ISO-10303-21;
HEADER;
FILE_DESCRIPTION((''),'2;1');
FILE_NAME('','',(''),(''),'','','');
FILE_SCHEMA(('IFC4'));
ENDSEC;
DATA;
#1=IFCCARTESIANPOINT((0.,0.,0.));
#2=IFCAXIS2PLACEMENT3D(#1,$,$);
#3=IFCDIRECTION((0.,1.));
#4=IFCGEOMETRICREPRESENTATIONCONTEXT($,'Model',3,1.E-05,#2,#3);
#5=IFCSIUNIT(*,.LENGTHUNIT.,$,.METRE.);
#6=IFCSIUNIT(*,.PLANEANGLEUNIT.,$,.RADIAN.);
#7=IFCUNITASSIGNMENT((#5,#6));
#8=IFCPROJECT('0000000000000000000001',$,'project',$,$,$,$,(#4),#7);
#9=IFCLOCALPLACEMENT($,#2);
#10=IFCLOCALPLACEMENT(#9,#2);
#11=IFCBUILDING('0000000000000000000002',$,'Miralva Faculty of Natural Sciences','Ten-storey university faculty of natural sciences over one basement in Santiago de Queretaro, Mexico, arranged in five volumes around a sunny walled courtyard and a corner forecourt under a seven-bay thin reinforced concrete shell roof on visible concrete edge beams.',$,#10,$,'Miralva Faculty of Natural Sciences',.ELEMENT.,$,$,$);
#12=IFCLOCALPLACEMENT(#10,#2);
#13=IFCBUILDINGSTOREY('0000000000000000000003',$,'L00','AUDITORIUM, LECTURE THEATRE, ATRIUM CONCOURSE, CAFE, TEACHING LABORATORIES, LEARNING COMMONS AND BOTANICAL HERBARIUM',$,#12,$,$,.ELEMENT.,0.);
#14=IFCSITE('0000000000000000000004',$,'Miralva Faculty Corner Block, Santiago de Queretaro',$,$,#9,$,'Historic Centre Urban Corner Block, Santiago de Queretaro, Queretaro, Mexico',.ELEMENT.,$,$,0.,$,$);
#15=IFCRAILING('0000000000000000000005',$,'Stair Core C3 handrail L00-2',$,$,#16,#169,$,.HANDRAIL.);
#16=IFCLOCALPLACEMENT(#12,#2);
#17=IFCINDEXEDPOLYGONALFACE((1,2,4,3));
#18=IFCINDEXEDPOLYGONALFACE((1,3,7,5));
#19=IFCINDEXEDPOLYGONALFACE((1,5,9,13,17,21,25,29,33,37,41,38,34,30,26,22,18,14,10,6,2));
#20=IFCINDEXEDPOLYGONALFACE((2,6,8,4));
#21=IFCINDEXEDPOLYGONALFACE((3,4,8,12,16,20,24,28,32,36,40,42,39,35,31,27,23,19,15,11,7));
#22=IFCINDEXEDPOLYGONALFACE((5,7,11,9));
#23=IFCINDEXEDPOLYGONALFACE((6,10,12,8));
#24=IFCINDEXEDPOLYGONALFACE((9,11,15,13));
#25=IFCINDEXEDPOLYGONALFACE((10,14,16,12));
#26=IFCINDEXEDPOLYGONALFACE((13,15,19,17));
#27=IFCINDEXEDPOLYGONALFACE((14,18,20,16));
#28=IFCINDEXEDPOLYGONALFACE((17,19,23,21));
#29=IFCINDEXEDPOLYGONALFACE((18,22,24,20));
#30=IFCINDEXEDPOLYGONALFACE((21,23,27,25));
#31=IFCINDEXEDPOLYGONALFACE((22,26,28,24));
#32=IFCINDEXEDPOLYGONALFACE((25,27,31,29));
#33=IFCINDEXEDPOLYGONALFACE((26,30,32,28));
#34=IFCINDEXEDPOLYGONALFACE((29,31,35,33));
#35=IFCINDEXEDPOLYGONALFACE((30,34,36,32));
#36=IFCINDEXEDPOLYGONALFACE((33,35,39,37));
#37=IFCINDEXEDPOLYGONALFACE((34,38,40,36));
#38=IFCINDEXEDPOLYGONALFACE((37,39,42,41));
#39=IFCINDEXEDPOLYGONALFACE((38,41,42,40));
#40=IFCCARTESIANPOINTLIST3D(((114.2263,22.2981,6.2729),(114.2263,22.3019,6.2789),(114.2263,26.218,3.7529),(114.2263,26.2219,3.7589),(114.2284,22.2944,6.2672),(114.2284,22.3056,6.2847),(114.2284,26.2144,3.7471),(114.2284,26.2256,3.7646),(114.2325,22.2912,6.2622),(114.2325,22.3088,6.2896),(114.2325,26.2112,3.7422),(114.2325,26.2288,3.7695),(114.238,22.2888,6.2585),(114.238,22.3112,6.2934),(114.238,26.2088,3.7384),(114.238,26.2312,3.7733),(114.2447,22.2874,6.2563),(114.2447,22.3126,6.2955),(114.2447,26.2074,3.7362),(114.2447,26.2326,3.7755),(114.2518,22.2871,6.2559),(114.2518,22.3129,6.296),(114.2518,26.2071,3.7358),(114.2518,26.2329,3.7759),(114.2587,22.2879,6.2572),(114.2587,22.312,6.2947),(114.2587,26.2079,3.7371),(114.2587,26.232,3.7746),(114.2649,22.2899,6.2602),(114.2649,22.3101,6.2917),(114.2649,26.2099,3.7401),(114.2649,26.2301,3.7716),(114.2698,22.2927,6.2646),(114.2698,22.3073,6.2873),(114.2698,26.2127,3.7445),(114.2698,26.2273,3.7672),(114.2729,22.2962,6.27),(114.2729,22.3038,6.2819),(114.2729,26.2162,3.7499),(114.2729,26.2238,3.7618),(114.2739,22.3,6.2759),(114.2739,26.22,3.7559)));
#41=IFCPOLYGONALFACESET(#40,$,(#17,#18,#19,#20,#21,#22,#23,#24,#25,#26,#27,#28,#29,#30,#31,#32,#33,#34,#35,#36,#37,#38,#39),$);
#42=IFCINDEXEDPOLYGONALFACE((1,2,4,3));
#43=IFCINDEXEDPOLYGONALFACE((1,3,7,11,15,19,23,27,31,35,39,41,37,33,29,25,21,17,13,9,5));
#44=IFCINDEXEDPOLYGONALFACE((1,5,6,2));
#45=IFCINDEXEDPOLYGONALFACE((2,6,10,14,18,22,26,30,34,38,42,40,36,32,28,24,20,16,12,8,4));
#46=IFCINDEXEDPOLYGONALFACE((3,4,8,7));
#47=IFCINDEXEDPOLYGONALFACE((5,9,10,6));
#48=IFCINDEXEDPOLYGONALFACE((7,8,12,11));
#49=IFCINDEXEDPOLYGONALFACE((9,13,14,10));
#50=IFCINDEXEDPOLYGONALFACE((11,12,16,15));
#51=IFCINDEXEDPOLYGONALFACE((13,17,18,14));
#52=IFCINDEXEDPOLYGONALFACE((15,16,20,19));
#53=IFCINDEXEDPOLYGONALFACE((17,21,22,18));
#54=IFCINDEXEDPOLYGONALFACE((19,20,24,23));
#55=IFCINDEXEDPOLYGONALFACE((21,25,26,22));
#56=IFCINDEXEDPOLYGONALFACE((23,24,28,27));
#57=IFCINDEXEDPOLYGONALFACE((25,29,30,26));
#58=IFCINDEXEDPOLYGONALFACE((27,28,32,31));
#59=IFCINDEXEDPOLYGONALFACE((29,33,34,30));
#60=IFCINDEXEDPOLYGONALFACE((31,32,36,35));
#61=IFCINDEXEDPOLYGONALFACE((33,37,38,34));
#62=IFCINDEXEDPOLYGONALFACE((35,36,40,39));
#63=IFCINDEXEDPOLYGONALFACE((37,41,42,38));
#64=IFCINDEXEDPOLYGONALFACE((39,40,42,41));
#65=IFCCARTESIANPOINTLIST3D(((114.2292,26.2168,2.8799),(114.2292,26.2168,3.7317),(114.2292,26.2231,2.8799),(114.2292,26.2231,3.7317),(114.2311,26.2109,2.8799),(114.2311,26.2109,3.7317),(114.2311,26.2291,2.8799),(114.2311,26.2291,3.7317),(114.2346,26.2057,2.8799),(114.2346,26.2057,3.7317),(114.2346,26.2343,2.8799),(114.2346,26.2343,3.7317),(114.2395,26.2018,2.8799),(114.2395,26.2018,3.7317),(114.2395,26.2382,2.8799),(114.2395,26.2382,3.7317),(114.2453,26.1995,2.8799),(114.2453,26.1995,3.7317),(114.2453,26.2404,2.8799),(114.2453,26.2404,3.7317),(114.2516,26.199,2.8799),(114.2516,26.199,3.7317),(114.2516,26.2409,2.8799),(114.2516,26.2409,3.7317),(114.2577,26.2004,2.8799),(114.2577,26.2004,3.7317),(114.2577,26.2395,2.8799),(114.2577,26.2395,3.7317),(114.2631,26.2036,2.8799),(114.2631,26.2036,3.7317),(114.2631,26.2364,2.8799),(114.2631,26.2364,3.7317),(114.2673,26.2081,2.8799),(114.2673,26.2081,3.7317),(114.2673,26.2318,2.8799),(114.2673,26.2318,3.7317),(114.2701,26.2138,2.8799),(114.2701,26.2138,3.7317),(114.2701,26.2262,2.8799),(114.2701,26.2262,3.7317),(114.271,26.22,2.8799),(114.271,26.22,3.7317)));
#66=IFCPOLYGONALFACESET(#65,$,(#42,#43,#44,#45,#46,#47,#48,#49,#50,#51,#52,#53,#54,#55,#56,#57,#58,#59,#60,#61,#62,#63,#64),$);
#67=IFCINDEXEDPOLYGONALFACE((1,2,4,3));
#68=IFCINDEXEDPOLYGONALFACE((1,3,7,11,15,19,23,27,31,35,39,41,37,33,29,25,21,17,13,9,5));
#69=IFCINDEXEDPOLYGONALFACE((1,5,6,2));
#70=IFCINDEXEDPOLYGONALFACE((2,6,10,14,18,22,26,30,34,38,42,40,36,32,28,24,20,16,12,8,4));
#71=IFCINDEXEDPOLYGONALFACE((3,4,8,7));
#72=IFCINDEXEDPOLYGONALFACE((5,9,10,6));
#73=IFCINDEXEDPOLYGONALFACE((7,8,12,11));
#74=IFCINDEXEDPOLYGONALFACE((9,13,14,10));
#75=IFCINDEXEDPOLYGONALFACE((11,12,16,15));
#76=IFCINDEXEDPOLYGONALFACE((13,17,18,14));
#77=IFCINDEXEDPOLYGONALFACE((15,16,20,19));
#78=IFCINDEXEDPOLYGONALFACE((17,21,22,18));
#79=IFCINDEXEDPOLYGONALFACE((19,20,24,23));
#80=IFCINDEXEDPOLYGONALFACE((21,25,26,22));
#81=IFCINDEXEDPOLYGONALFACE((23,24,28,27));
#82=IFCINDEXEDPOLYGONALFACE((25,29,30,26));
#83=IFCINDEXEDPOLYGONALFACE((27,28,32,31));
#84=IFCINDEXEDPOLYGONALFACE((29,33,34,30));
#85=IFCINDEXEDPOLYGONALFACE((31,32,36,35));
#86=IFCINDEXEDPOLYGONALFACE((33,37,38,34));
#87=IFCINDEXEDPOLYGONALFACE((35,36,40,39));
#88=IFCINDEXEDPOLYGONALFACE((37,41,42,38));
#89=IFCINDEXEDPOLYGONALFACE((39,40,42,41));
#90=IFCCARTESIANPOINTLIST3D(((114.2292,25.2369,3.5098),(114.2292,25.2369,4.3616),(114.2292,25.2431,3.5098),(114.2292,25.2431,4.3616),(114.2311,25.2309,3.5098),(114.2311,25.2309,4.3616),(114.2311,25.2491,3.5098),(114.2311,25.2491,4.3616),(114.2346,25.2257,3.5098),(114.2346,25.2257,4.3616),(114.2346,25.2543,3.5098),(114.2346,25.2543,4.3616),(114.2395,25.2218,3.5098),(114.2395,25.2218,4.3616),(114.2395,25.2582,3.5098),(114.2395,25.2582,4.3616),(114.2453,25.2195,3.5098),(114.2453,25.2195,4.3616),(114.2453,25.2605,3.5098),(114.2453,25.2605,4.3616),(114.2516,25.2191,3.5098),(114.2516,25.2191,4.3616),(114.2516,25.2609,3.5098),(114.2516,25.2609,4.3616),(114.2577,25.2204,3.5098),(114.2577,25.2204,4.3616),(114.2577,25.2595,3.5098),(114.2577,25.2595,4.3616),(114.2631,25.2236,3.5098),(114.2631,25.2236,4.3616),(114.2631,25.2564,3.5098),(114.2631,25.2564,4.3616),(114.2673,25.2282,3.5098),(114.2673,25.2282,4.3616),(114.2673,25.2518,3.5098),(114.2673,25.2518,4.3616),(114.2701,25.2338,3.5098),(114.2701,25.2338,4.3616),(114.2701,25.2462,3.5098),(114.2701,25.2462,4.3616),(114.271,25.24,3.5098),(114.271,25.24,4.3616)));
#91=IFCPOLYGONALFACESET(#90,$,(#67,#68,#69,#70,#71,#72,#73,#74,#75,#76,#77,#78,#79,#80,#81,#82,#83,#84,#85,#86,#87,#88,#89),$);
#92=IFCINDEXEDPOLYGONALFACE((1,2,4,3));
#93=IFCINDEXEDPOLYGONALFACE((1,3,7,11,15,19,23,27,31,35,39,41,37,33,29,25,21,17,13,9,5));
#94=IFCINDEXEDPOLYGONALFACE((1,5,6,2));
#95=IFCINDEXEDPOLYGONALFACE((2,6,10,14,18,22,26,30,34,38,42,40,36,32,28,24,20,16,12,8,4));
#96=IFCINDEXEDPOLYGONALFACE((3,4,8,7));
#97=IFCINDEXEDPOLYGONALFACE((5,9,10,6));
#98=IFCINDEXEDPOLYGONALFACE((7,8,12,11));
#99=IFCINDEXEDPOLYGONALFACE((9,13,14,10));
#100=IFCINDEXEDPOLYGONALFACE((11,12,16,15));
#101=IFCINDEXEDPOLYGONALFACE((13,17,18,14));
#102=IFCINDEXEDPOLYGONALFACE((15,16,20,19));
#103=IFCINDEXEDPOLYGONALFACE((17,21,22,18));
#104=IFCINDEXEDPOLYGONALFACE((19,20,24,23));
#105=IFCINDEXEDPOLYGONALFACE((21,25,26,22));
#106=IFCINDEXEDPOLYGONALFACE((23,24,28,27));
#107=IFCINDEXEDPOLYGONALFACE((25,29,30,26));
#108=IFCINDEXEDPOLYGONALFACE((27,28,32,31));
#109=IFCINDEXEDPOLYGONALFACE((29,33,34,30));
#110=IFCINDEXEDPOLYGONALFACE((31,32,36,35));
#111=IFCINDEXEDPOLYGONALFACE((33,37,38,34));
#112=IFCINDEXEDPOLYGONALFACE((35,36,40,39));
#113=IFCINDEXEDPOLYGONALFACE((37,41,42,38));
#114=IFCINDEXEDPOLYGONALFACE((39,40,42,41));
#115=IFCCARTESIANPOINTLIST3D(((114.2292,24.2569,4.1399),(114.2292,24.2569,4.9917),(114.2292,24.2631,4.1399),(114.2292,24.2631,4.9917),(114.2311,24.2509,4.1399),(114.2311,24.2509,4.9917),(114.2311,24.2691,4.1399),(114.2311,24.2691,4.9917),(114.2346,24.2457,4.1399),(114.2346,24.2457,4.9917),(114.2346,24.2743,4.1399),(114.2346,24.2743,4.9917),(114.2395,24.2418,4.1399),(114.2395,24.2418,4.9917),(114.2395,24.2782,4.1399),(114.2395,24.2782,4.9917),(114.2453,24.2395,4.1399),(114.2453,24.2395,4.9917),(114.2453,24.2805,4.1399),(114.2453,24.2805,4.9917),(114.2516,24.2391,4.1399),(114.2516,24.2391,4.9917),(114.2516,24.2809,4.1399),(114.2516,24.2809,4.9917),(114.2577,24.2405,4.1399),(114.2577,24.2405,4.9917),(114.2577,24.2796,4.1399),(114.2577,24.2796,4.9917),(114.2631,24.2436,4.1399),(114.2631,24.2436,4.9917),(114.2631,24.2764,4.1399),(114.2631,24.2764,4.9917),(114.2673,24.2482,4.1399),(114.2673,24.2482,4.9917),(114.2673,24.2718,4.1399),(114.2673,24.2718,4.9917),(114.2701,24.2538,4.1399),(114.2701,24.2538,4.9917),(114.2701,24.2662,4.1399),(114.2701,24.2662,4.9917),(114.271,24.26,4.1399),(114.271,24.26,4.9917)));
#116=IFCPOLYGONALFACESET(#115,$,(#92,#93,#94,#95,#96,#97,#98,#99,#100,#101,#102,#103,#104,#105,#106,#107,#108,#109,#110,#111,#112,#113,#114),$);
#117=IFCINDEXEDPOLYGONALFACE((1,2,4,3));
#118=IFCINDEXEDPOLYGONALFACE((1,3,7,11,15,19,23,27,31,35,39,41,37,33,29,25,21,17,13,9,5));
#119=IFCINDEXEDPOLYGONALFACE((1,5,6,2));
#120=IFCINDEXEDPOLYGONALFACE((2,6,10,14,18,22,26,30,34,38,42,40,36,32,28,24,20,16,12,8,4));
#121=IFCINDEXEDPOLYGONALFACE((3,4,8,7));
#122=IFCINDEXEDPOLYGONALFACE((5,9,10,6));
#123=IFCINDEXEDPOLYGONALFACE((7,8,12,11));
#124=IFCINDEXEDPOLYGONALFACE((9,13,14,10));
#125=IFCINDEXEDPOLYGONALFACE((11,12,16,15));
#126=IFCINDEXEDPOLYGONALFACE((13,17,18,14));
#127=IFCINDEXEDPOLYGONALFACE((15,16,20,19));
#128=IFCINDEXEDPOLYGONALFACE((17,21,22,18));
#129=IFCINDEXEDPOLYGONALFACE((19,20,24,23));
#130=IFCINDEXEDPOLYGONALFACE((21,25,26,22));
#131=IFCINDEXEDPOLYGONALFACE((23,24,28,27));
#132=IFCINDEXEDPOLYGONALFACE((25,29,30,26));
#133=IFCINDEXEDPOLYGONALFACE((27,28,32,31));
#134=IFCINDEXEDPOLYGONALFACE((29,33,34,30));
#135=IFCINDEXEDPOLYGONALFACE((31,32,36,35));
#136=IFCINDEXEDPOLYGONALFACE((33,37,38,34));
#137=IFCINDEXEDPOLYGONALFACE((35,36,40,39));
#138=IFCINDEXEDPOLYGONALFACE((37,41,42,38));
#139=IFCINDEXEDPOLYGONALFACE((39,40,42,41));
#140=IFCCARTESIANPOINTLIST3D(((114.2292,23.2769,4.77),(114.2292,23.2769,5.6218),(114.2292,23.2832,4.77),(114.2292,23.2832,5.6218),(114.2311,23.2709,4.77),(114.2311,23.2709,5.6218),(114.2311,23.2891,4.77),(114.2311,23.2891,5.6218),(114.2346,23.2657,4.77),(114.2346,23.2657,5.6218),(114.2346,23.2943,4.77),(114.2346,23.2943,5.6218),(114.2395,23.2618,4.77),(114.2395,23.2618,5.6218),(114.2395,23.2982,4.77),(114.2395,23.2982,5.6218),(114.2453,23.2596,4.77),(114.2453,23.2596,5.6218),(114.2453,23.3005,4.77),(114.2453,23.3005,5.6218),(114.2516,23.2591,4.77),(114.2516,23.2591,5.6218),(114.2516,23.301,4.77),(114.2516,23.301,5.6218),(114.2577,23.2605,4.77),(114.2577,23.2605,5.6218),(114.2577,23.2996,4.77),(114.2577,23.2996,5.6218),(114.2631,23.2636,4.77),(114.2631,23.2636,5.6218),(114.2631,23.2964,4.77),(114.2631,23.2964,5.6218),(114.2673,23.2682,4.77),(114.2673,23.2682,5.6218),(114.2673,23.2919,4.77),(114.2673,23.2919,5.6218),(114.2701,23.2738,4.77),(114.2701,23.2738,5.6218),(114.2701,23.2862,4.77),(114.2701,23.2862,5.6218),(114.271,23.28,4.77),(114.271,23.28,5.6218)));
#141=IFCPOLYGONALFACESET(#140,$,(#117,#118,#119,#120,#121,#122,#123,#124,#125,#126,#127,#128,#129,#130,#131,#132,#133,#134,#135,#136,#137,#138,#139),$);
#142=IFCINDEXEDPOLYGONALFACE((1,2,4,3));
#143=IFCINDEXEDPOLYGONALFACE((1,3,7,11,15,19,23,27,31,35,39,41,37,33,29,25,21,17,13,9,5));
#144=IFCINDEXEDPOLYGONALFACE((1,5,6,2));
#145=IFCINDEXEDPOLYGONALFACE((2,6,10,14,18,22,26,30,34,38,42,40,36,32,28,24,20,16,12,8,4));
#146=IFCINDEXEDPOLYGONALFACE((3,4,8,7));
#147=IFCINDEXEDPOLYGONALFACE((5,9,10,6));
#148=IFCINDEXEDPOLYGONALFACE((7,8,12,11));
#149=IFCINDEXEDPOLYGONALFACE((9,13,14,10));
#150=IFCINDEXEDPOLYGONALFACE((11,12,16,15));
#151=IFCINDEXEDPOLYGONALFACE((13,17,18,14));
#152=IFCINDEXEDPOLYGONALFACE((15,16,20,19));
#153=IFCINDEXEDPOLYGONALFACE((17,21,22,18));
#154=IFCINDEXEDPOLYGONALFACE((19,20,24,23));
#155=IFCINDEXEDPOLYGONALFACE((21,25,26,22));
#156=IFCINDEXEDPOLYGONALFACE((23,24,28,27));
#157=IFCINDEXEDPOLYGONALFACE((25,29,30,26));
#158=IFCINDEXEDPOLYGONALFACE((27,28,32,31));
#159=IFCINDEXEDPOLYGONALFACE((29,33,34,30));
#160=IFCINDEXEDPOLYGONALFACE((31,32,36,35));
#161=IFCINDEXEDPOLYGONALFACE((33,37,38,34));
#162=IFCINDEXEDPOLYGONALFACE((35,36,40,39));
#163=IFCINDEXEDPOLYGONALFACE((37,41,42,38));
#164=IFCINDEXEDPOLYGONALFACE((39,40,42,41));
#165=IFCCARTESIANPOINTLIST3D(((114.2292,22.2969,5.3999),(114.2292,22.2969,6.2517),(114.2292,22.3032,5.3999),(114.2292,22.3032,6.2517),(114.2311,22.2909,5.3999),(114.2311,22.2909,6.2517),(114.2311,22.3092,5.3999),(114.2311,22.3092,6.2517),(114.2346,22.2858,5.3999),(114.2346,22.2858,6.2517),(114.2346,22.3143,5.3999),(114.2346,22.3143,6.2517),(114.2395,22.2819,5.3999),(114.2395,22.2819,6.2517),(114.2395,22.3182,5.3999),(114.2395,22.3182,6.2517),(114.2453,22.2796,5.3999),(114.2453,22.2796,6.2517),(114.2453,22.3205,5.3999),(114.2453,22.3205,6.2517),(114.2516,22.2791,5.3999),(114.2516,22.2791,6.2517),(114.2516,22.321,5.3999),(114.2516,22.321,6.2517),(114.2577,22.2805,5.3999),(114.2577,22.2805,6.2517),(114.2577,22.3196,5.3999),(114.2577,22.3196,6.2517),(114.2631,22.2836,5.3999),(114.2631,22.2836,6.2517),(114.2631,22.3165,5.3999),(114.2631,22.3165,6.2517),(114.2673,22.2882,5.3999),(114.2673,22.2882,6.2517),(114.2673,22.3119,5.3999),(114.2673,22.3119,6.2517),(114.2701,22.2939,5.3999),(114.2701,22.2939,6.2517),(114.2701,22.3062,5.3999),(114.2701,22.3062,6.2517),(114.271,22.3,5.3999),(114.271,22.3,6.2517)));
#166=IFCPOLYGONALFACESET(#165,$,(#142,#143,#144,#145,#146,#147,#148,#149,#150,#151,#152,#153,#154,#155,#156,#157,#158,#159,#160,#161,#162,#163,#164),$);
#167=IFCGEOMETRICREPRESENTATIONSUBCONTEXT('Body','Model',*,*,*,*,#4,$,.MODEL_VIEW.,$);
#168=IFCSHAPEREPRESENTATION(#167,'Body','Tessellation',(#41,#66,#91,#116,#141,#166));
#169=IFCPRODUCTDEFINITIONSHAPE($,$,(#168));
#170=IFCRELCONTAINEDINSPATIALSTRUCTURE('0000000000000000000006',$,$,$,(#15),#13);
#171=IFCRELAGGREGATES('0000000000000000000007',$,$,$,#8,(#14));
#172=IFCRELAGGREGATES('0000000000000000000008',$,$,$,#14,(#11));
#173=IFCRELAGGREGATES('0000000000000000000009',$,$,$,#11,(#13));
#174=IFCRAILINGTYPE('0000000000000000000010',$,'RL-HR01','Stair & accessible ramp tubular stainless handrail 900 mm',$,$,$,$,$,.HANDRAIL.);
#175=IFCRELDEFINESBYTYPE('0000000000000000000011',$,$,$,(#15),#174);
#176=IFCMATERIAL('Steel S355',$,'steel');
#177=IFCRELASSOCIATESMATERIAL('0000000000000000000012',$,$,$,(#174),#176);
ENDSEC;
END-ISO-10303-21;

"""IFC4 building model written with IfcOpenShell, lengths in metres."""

from ifc_helpers import new_model, si_unit, direction, frame, origin, origin_2d, place, context, subcontext, project, spatial, circle, extrude, material, type_object, element, save


model = new_model("IFC4")

# Units and contexts
model_context = context("Model", 3, precision=1e-05, world=origin(), true_north=direction((0.0, 1.0)))
body_context = subcontext(model_context, "Body", "Model", "MODEL_VIEW")
ifc_project = project(units=[si_unit("LENGTHUNIT", "METRE"), si_unit("PLANEANGLEUNIT", "RADIAN")], contexts=[model_context])

# Site, building, storey
site_placement = place(None, origin())
site = spatial("IfcSite", under=ifc_project, at=site_placement, Name="Miralva Faculty Corner Block, Santiago de Queretaro", LongName="Historic Centre Urban Corner Block, Santiago de Queretaro, Queretaro, Mexico", CompositionType="ELEMENT", RefElevation=0.0)
building_placement = place(site_placement, origin())
building = spatial("IfcBuilding", under=site, at=building_placement, Name="Miralva Faculty of Natural Sciences", Description="Ten-storey university faculty of natural sciences over one basement in Santiago de Queretaro, Mexico, arranged in five volumes around a sunny walled courtyard and a corner forecourt under a seven-bay thin reinforced concrete shell roof on visible concrete edge beams.", LongName="Miralva Faculty of Natural Sciences", CompositionType="ELEMENT")
storey_placement = place(building_placement, origin())
storey = spatial("IfcBuildingStorey", under=building, at=storey_placement, Name="L00", Description="AUDITORIUM, LECTURE THEATRE, ATRIUM CONCOURSE, CAFE, TEACHING LABORATORIES, LEARNING COMMONS AND BOTANICAL HERBARIUM", CompositionType="ELEMENT", Elevation=0.0)

# Railing
ifc_material_1 = material(Name="Steel S355", Category="steel")
railing_type_1 = type_object("IfcRailingType", Name="RL-HR01", Description="Stair & accessible ramp tubular stainless handrail 900 mm", PredefinedType="HANDRAIL", material=ifc_material_1)
railing_1_placement = place(storey_placement, frame((114.25, 26.22, 2.8799)))
element("IfcRailing", 1, at=railing_1_placement, inside=storey, type_object=railing_type_1, Name="Stair Core C3 handrail L00-2", PredefinedType="HANDRAIL", context=body_context, shape_type="SweptSolid", body=[
    extrude(circle(Radius=0.0239, at=origin_2d()), frame((0.0, 0.0, 0.876), z_axis=(0.0, -0.841172, 0.540768), x_axis=(1.0, 0.0, 0.0)), (0.0, 0.0, 1.0), 4.6602),
    extrude(circle(Radius=0.021, at=origin_2d()), origin(), (0.0, 0.0, 1.0), 0.8518),
    extrude(circle(Radius=0.021, at=origin_2d()), frame((0.0, -0.98, 0.6299)), (0.0, 0.0, 1.0), 0.8518),
    extrude(circle(Radius=0.021, at=origin_2d()), frame((0.0, -1.96, 1.26)), (0.0, 0.0, 1.0), 0.8518),
    extrude(circle(Radius=0.021, at=origin_2d()), frame((0.0, -2.9399, 1.8901)), (0.0, 0.0, 1.0), 0.8518),
    extrude(circle(Radius=0.021, at=origin_2d()), frame((0.0, -3.9199, 2.52)), (0.0, 0.0, 1.0), 0.8518),
])

save(model, "model.ifc")
